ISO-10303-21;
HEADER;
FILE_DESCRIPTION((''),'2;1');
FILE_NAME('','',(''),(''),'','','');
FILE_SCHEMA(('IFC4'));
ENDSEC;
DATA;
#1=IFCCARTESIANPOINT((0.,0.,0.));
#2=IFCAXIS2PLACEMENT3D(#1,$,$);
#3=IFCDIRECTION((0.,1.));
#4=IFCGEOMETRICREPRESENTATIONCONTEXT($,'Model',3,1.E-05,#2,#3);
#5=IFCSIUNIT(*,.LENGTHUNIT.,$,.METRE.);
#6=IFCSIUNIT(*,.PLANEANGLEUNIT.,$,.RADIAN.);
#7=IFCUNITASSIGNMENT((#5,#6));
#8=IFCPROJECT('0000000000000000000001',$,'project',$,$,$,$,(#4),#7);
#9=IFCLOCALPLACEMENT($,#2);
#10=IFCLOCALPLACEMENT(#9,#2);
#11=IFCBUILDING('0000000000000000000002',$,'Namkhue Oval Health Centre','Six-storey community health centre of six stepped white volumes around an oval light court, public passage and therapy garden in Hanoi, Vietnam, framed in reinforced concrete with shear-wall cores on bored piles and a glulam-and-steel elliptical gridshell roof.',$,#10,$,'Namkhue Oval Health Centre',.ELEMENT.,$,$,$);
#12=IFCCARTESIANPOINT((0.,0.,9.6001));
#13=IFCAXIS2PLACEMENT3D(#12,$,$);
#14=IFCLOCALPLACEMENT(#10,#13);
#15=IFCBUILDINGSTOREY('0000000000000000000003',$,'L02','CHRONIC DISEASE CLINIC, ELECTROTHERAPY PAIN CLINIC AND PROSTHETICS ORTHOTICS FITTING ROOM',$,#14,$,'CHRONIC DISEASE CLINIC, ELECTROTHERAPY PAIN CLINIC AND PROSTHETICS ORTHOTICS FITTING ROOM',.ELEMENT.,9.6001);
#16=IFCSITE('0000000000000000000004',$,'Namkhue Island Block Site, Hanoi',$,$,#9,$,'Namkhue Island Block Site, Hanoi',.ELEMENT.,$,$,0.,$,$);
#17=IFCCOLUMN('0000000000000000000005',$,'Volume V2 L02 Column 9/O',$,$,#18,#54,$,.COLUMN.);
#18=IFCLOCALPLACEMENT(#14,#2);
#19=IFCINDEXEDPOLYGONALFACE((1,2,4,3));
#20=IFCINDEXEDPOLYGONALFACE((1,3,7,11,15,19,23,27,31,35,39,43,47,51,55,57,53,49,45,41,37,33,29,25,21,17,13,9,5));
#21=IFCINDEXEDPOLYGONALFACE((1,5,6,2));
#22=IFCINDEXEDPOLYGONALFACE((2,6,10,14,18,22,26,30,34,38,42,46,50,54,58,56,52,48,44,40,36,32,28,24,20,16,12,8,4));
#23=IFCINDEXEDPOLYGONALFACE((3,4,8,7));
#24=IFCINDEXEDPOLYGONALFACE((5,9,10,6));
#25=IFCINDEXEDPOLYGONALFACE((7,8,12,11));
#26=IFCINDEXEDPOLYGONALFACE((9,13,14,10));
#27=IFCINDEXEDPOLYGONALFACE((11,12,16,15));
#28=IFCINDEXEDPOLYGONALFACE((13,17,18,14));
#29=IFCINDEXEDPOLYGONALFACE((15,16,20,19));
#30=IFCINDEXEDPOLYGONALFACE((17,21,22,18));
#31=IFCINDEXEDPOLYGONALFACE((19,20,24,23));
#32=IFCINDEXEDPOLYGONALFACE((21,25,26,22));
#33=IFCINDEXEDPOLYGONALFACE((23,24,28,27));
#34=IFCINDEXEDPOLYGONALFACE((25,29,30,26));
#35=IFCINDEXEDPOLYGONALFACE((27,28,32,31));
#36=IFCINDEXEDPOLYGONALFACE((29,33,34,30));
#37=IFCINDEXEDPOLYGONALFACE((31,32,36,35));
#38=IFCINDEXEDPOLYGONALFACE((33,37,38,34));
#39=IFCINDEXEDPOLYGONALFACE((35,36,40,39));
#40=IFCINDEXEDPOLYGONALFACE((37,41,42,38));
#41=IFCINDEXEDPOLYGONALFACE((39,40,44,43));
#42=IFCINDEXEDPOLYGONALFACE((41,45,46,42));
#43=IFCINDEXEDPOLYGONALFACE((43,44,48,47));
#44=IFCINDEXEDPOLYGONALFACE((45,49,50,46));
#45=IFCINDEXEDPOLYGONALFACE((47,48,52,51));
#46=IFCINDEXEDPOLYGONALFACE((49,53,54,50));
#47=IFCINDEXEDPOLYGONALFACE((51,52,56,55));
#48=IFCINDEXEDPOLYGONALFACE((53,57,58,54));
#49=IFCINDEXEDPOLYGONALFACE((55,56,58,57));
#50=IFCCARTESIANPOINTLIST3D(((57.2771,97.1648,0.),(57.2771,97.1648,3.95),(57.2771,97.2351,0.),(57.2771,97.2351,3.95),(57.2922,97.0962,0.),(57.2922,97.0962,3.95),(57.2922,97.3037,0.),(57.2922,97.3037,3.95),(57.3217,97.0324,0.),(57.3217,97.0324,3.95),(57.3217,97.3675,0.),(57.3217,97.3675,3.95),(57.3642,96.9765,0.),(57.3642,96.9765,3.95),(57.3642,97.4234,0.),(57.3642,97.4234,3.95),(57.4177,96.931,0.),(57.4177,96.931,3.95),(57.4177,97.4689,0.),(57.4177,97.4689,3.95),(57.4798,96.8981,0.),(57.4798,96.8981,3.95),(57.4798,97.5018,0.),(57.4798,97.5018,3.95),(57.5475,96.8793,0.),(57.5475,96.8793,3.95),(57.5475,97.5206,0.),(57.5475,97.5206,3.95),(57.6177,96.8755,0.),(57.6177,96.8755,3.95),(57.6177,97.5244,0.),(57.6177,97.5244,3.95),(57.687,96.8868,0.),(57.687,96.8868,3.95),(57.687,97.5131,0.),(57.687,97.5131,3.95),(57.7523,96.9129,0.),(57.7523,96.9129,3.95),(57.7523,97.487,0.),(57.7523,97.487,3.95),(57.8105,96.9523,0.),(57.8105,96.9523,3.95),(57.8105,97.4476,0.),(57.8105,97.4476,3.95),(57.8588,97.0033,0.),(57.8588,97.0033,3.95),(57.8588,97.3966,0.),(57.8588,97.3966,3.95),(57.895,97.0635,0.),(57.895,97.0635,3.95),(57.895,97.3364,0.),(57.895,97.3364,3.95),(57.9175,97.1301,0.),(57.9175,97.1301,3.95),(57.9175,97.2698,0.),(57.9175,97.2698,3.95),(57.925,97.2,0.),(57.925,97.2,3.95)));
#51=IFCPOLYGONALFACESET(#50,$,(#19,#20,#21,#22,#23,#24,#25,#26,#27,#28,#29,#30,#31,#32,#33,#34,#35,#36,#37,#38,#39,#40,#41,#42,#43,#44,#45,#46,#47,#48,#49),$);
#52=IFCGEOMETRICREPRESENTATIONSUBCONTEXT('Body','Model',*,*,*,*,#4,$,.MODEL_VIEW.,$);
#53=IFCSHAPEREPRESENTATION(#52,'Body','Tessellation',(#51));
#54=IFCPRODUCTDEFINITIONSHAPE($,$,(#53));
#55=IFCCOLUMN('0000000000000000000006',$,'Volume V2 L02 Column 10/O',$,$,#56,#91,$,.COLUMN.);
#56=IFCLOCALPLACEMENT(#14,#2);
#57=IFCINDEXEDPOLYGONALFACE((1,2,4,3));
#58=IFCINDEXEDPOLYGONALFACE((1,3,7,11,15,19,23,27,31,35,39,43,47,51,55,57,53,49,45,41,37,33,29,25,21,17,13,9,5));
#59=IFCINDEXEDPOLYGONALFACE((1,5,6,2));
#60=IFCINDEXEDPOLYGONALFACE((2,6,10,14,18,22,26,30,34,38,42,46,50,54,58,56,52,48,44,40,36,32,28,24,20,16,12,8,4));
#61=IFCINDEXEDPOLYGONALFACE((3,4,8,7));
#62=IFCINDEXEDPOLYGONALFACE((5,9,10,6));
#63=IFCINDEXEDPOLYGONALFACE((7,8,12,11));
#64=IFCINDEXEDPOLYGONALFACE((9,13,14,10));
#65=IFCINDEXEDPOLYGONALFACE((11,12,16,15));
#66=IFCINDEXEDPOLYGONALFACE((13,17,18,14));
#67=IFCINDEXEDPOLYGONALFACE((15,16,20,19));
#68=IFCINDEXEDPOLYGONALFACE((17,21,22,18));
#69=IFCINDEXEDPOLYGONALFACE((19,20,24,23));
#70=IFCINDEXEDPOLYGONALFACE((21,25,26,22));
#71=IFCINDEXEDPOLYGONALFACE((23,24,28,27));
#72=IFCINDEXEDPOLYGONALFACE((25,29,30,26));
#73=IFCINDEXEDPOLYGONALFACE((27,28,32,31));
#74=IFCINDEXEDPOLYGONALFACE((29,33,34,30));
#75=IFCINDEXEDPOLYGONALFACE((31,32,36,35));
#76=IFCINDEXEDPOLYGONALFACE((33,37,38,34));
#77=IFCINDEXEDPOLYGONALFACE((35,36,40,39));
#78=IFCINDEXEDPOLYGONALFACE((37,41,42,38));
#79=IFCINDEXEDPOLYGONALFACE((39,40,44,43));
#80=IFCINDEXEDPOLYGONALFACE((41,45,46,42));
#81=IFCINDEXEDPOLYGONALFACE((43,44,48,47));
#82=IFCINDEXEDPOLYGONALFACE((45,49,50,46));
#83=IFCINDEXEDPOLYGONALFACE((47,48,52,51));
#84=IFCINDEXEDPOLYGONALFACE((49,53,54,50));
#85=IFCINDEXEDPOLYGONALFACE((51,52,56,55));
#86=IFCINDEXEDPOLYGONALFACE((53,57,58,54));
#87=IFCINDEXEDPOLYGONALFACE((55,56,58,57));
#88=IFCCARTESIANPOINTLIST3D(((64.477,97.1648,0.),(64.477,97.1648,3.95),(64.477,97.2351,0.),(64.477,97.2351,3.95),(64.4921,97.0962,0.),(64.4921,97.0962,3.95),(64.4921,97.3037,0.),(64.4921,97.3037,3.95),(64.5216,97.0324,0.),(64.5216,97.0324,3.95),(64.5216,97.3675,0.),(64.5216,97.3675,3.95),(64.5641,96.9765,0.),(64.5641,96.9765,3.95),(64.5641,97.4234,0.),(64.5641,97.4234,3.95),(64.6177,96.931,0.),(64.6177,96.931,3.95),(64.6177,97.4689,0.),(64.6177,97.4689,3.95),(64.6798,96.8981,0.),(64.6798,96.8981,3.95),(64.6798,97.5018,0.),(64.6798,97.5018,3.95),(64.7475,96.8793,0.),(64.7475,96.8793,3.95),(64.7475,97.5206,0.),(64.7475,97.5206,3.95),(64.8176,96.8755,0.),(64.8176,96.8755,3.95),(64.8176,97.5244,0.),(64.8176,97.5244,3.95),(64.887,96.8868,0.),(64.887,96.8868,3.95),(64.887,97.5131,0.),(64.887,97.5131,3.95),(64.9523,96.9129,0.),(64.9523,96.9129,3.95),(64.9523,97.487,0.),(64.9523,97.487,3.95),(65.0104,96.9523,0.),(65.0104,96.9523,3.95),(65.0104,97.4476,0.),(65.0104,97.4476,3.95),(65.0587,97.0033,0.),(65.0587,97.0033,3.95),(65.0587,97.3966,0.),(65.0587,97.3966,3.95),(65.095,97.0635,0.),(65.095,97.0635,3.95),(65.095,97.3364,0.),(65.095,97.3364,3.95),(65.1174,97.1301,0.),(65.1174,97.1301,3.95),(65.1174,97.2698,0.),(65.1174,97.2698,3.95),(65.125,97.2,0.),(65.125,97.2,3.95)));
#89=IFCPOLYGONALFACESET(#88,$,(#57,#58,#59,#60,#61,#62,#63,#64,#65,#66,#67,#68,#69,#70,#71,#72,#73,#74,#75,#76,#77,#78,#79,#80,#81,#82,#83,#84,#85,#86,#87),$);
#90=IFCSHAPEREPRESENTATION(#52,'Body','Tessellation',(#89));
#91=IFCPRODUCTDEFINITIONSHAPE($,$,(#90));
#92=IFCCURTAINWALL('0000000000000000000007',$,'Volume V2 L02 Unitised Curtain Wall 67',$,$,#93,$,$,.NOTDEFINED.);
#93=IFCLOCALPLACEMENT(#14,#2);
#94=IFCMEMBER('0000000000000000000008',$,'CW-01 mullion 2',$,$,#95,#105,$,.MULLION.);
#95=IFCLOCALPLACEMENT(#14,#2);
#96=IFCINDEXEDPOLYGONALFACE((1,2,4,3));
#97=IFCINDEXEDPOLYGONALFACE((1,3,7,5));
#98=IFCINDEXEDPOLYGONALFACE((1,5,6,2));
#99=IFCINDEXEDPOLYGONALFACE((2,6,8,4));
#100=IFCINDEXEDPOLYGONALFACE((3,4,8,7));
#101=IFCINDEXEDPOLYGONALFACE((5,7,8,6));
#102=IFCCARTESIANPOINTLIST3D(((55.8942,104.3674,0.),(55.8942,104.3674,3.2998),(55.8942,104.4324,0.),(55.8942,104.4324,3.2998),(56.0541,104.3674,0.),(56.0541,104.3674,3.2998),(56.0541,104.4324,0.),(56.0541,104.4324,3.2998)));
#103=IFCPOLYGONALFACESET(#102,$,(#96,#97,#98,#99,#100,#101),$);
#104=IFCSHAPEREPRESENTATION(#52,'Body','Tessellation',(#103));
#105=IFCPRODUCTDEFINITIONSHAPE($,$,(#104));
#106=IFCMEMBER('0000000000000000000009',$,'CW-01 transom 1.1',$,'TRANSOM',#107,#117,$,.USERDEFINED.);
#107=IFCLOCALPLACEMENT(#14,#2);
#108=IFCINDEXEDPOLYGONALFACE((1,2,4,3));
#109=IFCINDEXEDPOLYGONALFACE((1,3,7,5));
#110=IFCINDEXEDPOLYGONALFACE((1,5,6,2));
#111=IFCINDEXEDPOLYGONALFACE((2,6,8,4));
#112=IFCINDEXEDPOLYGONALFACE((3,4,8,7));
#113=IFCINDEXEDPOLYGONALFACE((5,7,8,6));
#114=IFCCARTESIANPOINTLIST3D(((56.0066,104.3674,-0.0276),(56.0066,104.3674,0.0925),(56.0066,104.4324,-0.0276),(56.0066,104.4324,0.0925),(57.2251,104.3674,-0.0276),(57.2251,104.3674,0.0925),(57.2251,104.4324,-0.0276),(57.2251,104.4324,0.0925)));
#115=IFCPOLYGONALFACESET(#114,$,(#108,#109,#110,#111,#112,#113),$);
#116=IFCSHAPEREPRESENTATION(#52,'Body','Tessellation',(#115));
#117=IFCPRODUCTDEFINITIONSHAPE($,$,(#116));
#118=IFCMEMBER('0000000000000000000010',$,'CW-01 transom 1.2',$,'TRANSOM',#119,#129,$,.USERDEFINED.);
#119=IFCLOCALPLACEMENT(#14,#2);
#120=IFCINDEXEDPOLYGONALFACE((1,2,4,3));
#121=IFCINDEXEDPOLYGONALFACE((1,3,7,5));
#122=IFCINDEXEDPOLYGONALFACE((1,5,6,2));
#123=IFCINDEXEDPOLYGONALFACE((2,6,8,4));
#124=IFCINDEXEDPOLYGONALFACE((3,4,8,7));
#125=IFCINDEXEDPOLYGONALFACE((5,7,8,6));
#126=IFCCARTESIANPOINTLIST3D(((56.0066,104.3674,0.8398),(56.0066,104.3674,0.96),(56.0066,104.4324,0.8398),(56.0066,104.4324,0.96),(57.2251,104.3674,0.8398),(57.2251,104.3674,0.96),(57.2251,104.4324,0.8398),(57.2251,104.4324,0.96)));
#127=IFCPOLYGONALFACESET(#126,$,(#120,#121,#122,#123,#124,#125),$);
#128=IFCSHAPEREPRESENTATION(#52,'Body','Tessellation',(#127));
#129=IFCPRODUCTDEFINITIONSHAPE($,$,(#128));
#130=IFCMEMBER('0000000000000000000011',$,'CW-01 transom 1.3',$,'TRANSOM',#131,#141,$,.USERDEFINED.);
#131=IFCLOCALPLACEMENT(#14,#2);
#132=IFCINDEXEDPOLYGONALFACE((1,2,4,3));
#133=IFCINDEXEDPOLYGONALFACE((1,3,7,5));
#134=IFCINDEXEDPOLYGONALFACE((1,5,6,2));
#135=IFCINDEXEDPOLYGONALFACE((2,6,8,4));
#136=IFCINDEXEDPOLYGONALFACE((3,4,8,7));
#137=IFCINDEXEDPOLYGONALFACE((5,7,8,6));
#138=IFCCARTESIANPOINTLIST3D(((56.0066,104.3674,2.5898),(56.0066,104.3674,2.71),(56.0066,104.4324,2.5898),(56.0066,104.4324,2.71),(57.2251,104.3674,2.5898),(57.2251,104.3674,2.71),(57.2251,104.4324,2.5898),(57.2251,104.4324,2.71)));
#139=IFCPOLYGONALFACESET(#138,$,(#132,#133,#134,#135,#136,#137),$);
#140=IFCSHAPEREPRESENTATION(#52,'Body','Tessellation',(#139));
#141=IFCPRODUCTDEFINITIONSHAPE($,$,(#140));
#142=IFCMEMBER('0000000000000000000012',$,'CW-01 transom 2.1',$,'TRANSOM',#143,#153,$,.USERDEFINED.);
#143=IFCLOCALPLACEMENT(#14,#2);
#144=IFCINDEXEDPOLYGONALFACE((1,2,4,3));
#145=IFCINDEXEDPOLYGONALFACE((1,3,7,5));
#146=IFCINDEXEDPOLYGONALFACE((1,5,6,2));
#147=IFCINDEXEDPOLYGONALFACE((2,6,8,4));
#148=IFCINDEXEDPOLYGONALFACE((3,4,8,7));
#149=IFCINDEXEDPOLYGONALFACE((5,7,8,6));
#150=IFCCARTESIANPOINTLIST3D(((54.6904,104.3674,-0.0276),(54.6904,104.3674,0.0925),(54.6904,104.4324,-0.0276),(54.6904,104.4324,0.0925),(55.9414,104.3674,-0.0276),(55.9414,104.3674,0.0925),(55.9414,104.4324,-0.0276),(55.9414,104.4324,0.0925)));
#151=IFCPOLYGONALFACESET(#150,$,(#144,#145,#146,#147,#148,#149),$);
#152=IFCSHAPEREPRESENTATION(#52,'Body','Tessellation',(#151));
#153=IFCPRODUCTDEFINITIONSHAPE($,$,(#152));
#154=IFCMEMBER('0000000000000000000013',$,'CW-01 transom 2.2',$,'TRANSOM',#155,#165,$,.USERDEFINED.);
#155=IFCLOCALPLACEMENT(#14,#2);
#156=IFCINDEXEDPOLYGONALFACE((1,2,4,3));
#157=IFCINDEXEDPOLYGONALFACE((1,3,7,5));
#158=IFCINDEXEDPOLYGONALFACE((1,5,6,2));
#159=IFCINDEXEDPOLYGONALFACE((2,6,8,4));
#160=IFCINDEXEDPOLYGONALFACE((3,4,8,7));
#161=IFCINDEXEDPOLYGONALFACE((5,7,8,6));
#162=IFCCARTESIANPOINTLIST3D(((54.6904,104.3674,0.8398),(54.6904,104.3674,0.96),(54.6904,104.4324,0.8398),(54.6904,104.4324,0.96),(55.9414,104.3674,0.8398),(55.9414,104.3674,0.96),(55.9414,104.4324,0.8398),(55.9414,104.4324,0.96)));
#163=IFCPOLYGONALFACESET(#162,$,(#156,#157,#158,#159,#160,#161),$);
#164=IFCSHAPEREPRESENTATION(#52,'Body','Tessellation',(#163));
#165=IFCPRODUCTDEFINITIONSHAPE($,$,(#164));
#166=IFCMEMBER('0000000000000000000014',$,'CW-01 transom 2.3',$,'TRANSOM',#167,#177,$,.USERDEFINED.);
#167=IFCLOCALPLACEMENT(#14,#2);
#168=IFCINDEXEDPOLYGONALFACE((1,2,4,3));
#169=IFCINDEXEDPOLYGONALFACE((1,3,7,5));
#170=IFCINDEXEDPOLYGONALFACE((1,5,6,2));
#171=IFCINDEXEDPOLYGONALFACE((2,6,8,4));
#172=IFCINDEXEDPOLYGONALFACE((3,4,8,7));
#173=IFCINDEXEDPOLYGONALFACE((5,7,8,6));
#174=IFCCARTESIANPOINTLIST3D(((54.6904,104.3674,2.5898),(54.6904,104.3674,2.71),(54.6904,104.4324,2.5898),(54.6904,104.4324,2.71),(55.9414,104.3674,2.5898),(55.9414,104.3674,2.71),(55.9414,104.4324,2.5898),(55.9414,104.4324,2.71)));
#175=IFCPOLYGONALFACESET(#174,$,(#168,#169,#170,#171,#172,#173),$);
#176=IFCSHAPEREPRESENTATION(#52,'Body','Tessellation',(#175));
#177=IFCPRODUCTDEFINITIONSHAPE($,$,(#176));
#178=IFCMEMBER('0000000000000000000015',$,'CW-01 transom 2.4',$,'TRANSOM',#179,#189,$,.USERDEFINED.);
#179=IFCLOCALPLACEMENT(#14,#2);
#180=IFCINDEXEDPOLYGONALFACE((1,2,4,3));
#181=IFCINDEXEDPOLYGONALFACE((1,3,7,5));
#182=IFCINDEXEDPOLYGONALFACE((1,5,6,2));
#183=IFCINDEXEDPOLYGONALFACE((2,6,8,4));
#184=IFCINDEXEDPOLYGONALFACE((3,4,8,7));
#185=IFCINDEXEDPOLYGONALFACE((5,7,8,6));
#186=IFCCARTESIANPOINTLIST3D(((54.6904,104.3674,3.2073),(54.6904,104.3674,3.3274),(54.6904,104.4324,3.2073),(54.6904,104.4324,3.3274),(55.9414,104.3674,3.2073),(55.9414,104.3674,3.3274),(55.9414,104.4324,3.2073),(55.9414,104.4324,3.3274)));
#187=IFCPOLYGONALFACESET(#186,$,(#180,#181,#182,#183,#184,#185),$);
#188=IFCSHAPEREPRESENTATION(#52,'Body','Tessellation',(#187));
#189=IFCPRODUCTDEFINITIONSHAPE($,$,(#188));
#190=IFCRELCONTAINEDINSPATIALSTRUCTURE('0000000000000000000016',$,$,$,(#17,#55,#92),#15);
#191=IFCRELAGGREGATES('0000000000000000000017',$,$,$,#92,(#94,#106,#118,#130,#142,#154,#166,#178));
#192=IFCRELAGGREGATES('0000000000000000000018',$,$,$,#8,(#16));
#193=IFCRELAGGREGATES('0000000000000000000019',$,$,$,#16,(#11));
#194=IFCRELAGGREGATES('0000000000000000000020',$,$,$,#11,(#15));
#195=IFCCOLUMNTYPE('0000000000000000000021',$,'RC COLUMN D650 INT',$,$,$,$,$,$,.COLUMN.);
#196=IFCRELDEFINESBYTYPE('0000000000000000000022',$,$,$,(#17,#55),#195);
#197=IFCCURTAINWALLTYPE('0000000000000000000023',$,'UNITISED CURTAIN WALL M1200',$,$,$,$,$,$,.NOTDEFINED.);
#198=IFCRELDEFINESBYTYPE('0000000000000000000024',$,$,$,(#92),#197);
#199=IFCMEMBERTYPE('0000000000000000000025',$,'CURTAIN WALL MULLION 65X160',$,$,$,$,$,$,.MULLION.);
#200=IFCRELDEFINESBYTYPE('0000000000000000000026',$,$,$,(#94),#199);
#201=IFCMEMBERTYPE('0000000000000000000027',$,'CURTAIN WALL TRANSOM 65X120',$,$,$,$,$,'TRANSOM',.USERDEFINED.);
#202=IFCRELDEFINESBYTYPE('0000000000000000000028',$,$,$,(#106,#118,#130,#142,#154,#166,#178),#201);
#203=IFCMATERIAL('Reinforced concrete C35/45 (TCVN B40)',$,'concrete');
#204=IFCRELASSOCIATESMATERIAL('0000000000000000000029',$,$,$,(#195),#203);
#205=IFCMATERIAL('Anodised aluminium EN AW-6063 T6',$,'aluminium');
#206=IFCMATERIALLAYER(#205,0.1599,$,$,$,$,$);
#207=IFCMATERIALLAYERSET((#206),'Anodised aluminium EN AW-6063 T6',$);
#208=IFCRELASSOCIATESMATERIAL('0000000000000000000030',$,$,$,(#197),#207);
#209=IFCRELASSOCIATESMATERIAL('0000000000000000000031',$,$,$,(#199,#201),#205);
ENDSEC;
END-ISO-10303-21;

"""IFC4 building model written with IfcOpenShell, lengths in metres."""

from ifc_helpers import new_model, si_unit, direction, frame, origin, origin_2d, place, context, subcontext, project, spatial, rectangle, circle, extrude, material, layer, layer_set, material_profile, profile_set, type_object, element, aggregate, save


model = new_model("IFC4")

# Units and contexts
model_context = context("Model", 3, precision=1e-05, world=origin(), true_north=direction((0.0, 1.0)))
body_context = subcontext(model_context, "Body", "Model", "MODEL_VIEW")
ifc_project = project(units=[si_unit("LENGTHUNIT", "METRE"), si_unit("PLANEANGLEUNIT", "RADIAN")], contexts=[model_context])

# Site, building, storey
site_placement = place(None, origin())
site = spatial("IfcSite", under=ifc_project, at=site_placement, Name="Namkhue Island Block Site, Hanoi", LongName="Namkhue Island Block Site, Hanoi", CompositionType="ELEMENT", RefElevation=0.0)
building_placement = place(site_placement, origin())
building = spatial("IfcBuilding", under=site, at=building_placement, Name="Namkhue Oval Health Centre", Description="Six-storey community health centre of six stepped white volumes around an oval light court, public passage and therapy garden in Hanoi, Vietnam, framed in reinforced concrete with shear-wall cores on bored piles and a glulam-and-steel elliptical gridshell roof.", LongName="Namkhue Oval Health Centre", CompositionType="ELEMENT")
storey_placement = place(building_placement, frame((0.0, 0.0, 9.6001)))
storey = spatial("IfcBuildingStorey", under=building, at=storey_placement, Name="L02", Description="CHRONIC DISEASE CLINIC, ELECTROTHERAPY PAIN CLINIC AND PROSTHETICS ORTHOTICS FITTING ROOM", LongName="CHRONIC DISEASE CLINIC, ELECTROTHERAPY PAIN CLINIC AND PROSTHETICS ORTHOTICS FITTING ROOM", CompositionType="ELEMENT", Elevation=9.6001)

# Columns
ifc_material_1 = material(Name="Reinforced concrete C35/45 (TCVN B40)", Category="concrete")
ifc_material_profile_1 = material_profile(ifc_material_1, circle(Radius=0.325, at=origin_2d()), Name="RC D650")
ifc_profile_set_1 = profile_set([ifc_material_profile_1], Name="Reinforced concrete C35/45 (TCVN B40)")
column_type = type_object("IfcColumnType", Name="RC COLUMN D650 INT", PredefinedType="COLUMN", material=ifc_profile_set_1)
for number, where, z_axis, x_axis, name in (
    (1, (57.6001, 97.2, 0.0), (0.0, 0.0, 1.0), (1.0, 0.0, 0.0), "Volume V2 L02 Column 9/O"),
    (2, (64.8, 97.2, 0.0), (0.0, 0.0, 1.0), (1.0, 0.0, 0.0), "Volume V2 L02 Column 10/O"),
):
    element("IfcColumn", number, at=place(storey_placement, frame(where, z_axis=z_axis, x_axis=x_axis)), inside=storey, type_object=column_type, Name=name, PredefinedType="COLUMN", context=body_context, shape_type="SweptSolid", body=[
        extrude(circle(Radius=0.325, at=origin_2d()), origin(), (0.0, 0.0, 1.0), 3.95),
    ])

# Curtain wall, members
ifc_material_2 = material(Name="Anodised aluminium EN AW-6063 T6", Category="aluminium")
ifc_layer_1 = layer(ifc_material_2, 0.1599)
ifc_layer_set_1 = layer_set([ifc_layer_1], Name="Anodised aluminium EN AW-6063 T6")
curtain_wall_type = type_object("IfcCurtainWallType", Name="UNITISED CURTAIN WALL M1200", PredefinedType="NOTDEFINED", material=ifc_layer_set_1)
curtain_wall_placement = place(storey_placement, origin())
curtain_wall = element("IfcCurtainWall", 3, at=curtain_wall_placement, inside=storey, type_object=curtain_wall_type, Name="Volume V2 L02 Unitised Curtain Wall 67", PredefinedType="NOTDEFINED")
ifc_material_profile_2 = material_profile(ifc_material_2, rectangle(XDim=0.0649, YDim=0.1599, at=origin_2d()), Name="ALU 65x160")
ifc_profile_set_2 = profile_set([ifc_material_profile_2], Name="Anodised aluminium EN AW-6063 T6")
member_type_1 = type_object("IfcMemberType", Name="CURTAIN WALL MULLION 65X160", PredefinedType="MULLION", material=ifc_profile_set_2)
member_1_placement = place(storey_placement, frame((55.9741, 104.3999, 0.0), z_axis=(0.0, 0.0, 1.0), x_axis=(0.0, -1.0, 0.0)))
member_1 = element("IfcMember", 4, at=member_1_placement, type_object=member_type_1, Name="CW-01 mullion 2", PredefinedType="MULLION", context=body_context, shape_type="SweptSolid", body=[
    extrude(rectangle(XDim=0.0649, YDim=0.1599, at=origin_2d()), origin(), (0.0, 0.0, 1.0), 3.2998),
])
ifc_material_profile_3 = material_profile(ifc_material_2, rectangle(XDim=0.0649, YDim=0.1201, at=origin_2d()), Name="ALU 65x120")
ifc_profile_set_3 = profile_set([ifc_material_profile_3], Name="Anodised aluminium EN AW-6063 T6")
member_type_2 = type_object("IfcMemberType", Name="CURTAIN WALL TRANSOM 65X120", ElementType="TRANSOM", PredefinedType="USERDEFINED", material=ifc_profile_set_3)
member_2_placement = place(storey_placement, frame((57.2251, 104.3999, 0.0325), z_axis=(-1.0, 0.0, 0.0), x_axis=(0.0, -1.0, 0.0)))
member_2 = element("IfcMember", 5, at=member_2_placement, type_object=member_type_2, Name="CW-01 transom 1.1", ObjectType="TRANSOM", PredefinedType="USERDEFINED", context=body_context, shape_type="SweptSolid", body=[
    extrude(rectangle(XDim=0.0649, YDim=0.1201, at=origin_2d()), origin(), (0.0, 0.0, 1.0), 1.2185),
])
member_3_placement = place(storey_placement, frame((57.2251, 104.3999, 0.8999), z_axis=(-1.0, 0.0, 0.0), x_axis=(0.0, -1.0, 0.0)))
member_3 = element("IfcMember", 6, at=member_3_placement, type_object=member_type_2, Name="CW-01 transom 1.2", ObjectType="TRANSOM", PredefinedType="USERDEFINED", context=body_context, shape_type="SweptSolid", body=[
    extrude(rectangle(XDim=0.0649, YDim=0.1201, at=origin_2d()), origin(), (0.0, 0.0, 1.0), 1.2185),
])
member_4_placement = place(storey_placement, frame((57.2251, 104.3999, 2.6499), z_axis=(-1.0, 0.0, 0.0), x_axis=(0.0, -1.0, 0.0)))
member_4 = element("IfcMember", 7, at=member_4_placement, type_object=member_type_2, Name="CW-01 transom 1.3", ObjectType="TRANSOM", PredefinedType="USERDEFINED", context=body_context, shape_type="SweptSolid", body=[
    extrude(rectangle(XDim=0.0649, YDim=0.1201, at=origin_2d()), origin(), (0.0, 0.0, 1.0), 1.2185),
])
member_5_placement = place(storey_placement, frame((55.9414, 104.3999, 0.0325), z_axis=(-1.0, 0.0, 0.0), x_axis=(0.0, -1.0, 0.0)))
member_5 = element("IfcMember", 8, at=member_5_placement, type_object=member_type_2, Name="CW-01 transom 2.1", ObjectType="TRANSOM", PredefinedType="USERDEFINED", context=body_context, shape_type="SweptSolid", body=[
    extrude(rectangle(XDim=0.0649, YDim=0.1201, at=origin_2d()), origin(), (0.0, 0.0, 1.0), 1.251),
])
member_6_placement = place(storey_placement, frame((55.9414, 104.3999, 0.8999), z_axis=(-1.0, 0.0, 0.0), x_axis=(0.0, -1.0, 0.0)))
member_6 = element("IfcMember", 9, at=member_6_placement, type_object=member_type_2, Name="CW-01 transom 2.2", ObjectType="TRANSOM", PredefinedType="USERDEFINED", context=body_context, shape_type="SweptSolid", body=[
    extrude(rectangle(XDim=0.0649, YDim=0.1201, at=origin_2d()), origin(), (0.0, 0.0, 1.0), 1.251),
])
member_7_placement = place(storey_placement, frame((55.9414, 104.3999, 2.6499), z_axis=(-1.0, 0.0, 0.0), x_axis=(0.0, -1.0, 0.0)))
member_7 = element("IfcMember", 10, at=member_7_placement, type_object=member_type_2, Name="CW-01 transom 2.3", ObjectType="TRANSOM", PredefinedType="USERDEFINED", context=body_context, shape_type="SweptSolid", body=[
    extrude(rectangle(XDim=0.0649, YDim=0.1201, at=origin_2d()), origin(), (0.0, 0.0, 1.0), 1.251),
])
member_8_placement = place(storey_placement, frame((55.9414, 104.3999, 3.2673), z_axis=(-1.0, 0.0, 0.0), x_axis=(0.0, -1.0, 0.0)))
member_8 = element("IfcMember", 11, at=member_8_placement, type_object=member_type_2, Name="CW-01 transom 2.4", ObjectType="TRANSOM", PredefinedType="USERDEFINED", context=body_context, shape_type="SweptSolid", body=[
    extrude(rectangle(XDim=0.0649, YDim=0.1201, at=origin_2d()), origin(), (0.0, 0.0, 1.0), 1.251),
])

aggregate(curtain_wall, [member_1, member_2, member_3, member_4, member_5, member_6, member_7, member_8])

save(model, "model.ifc")
